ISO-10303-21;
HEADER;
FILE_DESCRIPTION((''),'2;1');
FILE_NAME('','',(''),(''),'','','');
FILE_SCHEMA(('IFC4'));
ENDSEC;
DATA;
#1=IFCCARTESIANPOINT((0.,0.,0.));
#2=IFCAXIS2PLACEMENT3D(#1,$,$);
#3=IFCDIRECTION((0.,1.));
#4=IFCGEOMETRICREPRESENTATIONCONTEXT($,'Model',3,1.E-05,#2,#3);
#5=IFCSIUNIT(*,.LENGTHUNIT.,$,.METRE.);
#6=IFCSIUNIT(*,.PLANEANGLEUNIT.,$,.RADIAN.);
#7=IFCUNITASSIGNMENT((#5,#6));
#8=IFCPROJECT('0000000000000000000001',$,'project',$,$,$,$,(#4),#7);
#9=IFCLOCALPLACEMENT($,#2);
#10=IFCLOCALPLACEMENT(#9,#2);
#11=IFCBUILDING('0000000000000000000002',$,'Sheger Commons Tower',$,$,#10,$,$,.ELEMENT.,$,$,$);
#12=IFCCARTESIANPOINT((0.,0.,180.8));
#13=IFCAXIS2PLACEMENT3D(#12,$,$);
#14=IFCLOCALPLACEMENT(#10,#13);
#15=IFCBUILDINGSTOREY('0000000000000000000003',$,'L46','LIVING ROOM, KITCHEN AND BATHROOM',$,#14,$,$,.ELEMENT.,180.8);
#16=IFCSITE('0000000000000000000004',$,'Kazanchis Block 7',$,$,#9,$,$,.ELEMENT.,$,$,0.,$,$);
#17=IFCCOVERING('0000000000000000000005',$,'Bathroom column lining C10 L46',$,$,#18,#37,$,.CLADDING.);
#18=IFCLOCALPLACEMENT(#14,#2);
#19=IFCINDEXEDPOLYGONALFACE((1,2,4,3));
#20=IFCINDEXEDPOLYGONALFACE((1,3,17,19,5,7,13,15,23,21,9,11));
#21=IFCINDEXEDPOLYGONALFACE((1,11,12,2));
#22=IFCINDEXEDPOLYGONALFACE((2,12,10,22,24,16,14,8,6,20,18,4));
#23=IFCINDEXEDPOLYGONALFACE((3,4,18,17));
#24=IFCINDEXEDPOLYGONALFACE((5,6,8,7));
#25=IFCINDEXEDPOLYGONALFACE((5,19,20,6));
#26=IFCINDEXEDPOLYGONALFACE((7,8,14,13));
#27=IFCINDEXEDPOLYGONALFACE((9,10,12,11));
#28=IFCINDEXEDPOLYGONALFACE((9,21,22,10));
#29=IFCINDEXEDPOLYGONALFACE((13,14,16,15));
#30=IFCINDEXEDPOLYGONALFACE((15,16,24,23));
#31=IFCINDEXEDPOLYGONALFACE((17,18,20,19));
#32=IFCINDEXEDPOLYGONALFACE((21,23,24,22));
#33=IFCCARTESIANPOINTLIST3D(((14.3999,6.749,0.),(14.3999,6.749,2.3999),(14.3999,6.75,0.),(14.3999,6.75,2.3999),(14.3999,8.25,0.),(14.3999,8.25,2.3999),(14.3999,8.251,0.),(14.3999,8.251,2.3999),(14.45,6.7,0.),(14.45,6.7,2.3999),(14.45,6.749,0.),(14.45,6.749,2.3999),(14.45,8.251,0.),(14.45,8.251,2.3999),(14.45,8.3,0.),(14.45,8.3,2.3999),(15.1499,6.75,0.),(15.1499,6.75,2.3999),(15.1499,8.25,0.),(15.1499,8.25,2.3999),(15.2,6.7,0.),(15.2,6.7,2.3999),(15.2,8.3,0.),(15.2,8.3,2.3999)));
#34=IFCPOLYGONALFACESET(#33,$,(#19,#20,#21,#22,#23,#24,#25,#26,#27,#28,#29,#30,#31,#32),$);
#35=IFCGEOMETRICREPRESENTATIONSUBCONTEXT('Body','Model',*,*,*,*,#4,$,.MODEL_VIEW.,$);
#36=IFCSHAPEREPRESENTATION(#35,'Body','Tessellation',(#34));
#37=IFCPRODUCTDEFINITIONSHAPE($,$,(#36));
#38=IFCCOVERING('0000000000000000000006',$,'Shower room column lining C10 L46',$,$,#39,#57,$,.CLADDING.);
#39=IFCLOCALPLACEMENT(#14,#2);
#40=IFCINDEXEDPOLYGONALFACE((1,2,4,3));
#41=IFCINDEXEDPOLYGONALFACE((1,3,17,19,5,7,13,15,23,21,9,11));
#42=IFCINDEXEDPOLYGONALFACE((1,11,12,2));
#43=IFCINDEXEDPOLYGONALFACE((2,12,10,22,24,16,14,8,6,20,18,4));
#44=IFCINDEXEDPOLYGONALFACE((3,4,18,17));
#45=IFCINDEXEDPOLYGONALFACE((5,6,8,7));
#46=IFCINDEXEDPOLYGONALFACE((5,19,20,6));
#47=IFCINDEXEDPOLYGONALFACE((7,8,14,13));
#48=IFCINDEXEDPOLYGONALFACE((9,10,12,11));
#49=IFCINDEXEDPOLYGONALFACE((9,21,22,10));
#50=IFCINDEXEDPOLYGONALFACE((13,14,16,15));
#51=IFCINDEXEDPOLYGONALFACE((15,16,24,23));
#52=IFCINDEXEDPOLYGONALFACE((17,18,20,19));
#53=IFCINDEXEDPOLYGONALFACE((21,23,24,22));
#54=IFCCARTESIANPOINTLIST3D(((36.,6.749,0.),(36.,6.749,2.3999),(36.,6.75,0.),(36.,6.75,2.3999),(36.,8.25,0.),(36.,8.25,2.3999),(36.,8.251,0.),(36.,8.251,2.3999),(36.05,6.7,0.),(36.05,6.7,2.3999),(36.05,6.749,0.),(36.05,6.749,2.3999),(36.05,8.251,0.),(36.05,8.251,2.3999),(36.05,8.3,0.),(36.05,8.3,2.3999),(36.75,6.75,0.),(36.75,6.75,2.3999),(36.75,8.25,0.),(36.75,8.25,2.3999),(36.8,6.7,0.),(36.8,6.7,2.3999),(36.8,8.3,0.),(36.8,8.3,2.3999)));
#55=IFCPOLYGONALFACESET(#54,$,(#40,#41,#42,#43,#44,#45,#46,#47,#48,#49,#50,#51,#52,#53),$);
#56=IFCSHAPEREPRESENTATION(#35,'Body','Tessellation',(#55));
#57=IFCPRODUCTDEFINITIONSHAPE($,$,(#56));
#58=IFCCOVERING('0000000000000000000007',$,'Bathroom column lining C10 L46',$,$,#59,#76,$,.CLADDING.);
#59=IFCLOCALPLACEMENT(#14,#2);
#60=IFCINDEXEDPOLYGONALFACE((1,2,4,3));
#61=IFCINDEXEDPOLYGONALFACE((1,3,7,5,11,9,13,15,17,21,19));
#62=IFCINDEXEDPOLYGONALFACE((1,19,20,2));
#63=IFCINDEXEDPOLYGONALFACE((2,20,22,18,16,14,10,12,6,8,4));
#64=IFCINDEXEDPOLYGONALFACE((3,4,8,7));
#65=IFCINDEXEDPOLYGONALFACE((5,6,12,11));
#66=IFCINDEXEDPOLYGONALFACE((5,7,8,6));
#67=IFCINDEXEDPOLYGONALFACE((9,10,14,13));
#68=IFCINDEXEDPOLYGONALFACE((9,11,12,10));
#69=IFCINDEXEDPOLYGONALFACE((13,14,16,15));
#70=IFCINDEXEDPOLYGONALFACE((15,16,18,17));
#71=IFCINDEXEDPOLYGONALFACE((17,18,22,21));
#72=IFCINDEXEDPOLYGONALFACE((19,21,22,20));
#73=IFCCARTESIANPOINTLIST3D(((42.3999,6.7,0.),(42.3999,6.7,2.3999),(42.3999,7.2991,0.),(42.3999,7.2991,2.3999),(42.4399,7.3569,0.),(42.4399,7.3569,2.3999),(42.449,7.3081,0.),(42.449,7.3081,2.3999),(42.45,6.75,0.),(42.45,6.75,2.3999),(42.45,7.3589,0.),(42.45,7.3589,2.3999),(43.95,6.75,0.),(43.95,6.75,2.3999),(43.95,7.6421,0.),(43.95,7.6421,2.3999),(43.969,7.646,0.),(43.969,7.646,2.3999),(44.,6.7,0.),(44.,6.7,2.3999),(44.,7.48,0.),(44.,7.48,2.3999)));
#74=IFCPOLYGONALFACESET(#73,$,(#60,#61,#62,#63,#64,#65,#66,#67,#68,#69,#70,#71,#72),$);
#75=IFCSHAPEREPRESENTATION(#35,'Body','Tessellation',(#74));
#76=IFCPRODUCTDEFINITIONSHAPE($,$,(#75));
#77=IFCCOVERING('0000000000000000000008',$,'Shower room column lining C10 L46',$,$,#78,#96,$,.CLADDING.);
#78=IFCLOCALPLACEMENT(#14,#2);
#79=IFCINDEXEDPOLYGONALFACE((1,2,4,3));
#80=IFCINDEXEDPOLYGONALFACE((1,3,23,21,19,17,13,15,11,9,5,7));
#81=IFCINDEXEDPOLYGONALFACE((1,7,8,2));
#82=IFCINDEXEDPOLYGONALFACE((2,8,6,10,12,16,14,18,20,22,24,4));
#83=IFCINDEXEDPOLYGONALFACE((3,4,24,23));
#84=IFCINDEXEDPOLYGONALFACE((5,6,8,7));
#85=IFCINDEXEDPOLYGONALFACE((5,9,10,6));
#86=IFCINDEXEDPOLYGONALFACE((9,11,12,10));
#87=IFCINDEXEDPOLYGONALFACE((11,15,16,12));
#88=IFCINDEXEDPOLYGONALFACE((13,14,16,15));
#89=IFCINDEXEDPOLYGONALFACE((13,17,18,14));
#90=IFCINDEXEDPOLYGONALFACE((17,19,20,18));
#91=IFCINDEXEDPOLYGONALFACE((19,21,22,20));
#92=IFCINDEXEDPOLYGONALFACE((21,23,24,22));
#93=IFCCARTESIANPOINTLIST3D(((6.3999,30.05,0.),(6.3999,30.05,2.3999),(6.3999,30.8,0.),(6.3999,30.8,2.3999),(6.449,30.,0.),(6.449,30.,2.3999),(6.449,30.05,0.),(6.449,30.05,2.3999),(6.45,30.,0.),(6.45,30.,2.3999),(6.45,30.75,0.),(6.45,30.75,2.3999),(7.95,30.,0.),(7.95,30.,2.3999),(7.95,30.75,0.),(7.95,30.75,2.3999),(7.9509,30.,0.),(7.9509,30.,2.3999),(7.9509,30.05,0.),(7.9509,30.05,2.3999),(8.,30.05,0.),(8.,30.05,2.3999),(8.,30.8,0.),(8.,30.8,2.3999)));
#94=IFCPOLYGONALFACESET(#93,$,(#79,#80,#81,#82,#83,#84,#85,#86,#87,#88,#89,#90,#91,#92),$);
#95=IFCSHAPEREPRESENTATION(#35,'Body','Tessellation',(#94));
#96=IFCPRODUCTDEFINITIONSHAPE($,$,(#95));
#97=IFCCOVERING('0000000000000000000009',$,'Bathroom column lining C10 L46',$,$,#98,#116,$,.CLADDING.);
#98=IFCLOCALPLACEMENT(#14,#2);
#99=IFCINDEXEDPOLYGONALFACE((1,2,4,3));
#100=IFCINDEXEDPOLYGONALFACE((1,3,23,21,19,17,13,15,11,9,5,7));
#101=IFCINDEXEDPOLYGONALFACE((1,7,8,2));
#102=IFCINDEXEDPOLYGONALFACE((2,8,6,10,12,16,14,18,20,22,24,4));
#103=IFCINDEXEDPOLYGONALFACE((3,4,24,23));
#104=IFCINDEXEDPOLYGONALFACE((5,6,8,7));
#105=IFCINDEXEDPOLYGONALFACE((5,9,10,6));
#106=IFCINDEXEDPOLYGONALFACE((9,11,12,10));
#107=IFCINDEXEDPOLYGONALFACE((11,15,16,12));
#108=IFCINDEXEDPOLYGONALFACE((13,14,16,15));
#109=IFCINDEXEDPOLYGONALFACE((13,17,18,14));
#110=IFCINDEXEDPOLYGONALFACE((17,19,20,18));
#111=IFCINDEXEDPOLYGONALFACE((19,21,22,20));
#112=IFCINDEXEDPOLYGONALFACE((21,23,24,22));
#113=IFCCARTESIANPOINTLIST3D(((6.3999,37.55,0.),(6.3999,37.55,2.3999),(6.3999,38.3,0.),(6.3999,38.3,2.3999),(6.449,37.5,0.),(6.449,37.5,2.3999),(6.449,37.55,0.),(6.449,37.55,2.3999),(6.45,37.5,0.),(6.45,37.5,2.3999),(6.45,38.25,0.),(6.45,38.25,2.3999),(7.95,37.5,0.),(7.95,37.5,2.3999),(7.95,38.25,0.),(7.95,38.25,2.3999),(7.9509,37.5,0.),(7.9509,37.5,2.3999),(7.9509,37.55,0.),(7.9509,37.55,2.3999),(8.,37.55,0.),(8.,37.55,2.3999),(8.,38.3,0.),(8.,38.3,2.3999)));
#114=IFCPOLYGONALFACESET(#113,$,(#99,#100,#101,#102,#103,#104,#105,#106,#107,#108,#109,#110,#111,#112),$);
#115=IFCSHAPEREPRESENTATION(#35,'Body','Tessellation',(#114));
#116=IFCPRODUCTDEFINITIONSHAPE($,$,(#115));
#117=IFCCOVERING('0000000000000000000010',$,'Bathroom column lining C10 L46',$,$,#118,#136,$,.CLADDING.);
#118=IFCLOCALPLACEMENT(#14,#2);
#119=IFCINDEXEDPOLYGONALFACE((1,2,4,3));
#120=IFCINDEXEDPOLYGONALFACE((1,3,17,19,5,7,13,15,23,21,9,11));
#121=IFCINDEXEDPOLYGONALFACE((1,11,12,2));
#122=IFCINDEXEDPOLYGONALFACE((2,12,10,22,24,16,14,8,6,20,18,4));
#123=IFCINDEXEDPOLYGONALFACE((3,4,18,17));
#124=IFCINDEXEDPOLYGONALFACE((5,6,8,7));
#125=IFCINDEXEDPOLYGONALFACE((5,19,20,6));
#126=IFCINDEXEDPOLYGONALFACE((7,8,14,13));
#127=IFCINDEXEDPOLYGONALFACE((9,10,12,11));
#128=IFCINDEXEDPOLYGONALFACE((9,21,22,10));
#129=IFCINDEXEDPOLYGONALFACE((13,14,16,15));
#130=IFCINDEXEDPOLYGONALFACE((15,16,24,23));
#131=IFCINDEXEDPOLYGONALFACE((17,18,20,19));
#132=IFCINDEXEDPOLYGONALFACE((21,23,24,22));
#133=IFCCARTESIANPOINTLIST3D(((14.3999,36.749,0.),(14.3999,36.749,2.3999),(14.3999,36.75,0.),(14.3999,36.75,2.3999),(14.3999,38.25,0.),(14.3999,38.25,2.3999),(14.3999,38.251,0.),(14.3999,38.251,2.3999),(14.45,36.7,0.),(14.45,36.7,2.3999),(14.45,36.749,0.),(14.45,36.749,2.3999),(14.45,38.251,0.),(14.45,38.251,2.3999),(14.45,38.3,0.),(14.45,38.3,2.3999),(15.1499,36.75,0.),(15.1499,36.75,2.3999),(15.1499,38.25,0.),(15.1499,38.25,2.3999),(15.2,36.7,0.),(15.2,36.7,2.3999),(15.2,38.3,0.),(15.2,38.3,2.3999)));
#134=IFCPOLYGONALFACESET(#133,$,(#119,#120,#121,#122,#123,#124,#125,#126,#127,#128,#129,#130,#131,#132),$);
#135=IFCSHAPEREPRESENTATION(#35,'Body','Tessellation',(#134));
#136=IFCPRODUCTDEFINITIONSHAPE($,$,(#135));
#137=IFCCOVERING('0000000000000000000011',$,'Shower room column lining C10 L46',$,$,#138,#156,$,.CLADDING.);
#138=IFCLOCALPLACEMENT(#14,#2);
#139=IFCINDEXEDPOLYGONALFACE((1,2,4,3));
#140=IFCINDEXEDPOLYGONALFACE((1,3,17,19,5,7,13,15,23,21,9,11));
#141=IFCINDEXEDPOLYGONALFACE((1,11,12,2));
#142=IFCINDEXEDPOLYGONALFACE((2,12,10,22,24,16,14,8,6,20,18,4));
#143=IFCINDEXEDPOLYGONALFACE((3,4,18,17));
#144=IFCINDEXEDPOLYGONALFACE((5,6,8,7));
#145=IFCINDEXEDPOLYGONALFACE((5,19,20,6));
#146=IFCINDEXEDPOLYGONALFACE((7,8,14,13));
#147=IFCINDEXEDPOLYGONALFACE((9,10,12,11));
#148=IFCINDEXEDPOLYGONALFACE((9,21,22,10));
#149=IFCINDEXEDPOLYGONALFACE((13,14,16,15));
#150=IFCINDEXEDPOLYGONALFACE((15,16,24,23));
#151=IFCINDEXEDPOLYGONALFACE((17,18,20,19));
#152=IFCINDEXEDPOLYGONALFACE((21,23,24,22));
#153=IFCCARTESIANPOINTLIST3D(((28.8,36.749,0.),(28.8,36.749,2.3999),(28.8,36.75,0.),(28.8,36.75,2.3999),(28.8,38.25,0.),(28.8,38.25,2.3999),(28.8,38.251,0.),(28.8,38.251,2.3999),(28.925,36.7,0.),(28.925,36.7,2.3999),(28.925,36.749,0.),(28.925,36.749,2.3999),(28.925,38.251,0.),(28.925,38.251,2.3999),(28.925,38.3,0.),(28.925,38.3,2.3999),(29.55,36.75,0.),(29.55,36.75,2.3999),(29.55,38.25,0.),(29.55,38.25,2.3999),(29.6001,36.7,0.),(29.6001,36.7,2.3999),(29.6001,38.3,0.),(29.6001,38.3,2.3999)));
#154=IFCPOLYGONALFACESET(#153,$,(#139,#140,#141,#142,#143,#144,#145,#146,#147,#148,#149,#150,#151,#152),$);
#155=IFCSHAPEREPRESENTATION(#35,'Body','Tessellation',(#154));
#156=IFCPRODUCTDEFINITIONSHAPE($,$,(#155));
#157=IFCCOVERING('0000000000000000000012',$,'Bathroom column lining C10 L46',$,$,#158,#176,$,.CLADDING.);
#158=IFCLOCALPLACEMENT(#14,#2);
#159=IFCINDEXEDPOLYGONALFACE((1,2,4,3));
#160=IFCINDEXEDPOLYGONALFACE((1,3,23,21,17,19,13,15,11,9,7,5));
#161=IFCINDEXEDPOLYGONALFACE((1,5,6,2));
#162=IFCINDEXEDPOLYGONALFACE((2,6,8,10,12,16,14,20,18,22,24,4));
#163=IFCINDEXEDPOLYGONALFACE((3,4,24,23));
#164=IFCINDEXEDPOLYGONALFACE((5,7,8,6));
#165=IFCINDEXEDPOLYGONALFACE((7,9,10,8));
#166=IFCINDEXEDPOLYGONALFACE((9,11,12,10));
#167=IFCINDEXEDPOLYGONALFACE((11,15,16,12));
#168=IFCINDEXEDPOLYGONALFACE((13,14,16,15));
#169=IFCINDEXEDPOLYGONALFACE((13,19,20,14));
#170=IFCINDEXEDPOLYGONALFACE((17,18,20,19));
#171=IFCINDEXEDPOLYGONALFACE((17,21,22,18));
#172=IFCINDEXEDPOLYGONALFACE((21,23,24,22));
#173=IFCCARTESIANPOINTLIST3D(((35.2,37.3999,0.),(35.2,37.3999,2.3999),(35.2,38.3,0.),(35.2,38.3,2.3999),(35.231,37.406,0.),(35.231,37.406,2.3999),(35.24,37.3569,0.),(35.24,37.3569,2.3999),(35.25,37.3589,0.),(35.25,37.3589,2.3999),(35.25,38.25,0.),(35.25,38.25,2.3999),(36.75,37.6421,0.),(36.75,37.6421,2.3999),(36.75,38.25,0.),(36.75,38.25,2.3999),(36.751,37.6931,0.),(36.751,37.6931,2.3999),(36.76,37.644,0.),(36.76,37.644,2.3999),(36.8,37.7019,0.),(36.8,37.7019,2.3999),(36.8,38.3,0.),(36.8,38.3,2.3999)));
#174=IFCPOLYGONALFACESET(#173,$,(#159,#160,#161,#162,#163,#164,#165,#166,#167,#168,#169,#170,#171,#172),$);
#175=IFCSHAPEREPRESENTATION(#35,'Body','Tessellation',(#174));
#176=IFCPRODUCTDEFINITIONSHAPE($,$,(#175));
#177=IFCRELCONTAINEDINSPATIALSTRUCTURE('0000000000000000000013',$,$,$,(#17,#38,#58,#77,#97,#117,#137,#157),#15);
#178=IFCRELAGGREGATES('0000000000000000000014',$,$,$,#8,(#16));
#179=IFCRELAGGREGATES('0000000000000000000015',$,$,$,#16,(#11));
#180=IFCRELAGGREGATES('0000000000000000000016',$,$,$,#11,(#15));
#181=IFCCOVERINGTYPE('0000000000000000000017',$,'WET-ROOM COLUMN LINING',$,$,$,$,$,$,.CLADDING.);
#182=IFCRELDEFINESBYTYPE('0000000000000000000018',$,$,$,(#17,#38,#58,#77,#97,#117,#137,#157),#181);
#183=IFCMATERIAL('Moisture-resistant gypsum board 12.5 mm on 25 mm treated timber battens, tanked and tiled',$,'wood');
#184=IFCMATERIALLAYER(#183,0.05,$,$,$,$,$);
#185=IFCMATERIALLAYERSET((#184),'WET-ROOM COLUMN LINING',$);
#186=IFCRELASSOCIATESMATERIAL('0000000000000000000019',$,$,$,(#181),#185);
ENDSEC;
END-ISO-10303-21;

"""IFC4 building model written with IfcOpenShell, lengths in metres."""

from ifc_helpers import new_model, si_unit, direction, frame, origin, place, context, subcontext, project, spatial, polyline, outline, extrude, material, layer, layer_set, type_object, element, save


model = new_model("IFC4")

# Units and contexts
model_context = context("Model", 3, precision=1e-05, world=origin(), true_north=direction((0.0, 1.0)))
body_context = subcontext(model_context, "Body", "Model", "MODEL_VIEW")
ifc_project = project(units=[si_unit("LENGTHUNIT", "METRE"), si_unit("PLANEANGLEUNIT", "RADIAN")], contexts=[model_context])

# Site, building, storey
site_placement = place(None, origin())
site = spatial("IfcSite", under=ifc_project, at=site_placement, Name="Kazanchis Block 7", CompositionType="ELEMENT", RefElevation=0.0)
building_placement = place(site_placement, origin())
building = spatial("IfcBuilding", under=site, at=building_placement, Name="Sheger Commons Tower", CompositionType="ELEMENT")
storey_placement = place(building_placement, frame((0.0, 0.0, 180.8)))
storey = spatial("IfcBuildingStorey", under=building, at=storey_placement, Name="L46", Description="LIVING ROOM, KITCHEN AND BATHROOM", CompositionType="ELEMENT", Elevation=180.8)

# Coverings
ifc_material_1 = material(Name="Moisture-resistant gypsum board 12.5 mm on 25 mm treated timber battens, tanked and tiled", Category="wood")
ifc_layer_1 = layer(ifc_material_1, 0.05)
ifc_layer_set_1 = layer_set([ifc_layer_1], Name="WET-ROOM COLUMN LINING")
covering_type_1 = type_object("IfcCoveringType", Name="WET-ROOM COLUMN LINING", PredefinedType="CLADDING", material=ifc_layer_set_1)
covering_1_placement = place(storey_placement, origin())
element("IfcCovering", 1, at=covering_1_placement, inside=storey, type_object=covering_type_1, Name="Bathroom column lining C10 L46", PredefinedType="CLADDING", context=body_context, shape_type="SweptSolid", body=[
    extrude(outline(polyline([(15.2, 6.7), (14.45, 6.7), (14.45, 6.749), (14.3999, 6.749), (14.3999, 6.75), (15.1499, 6.75), (15.1499, 8.25), (14.3999, 8.25), (14.3999, 8.251), (14.45, 8.251), (14.45, 8.3), (15.2, 8.3), (15.2, 6.7)])), origin(), (0.0, 0.0, 1.0), 2.3999),
])
covering_2_placement = place(storey_placement, origin())
element("IfcCovering", 2, at=covering_2_placement, inside=storey, type_object=covering_type_1, Name="Shower room column lining C10 L46", PredefinedType="CLADDING", context=body_context, shape_type="SweptSolid", body=[
    extrude(outline(polyline([(36.8, 6.7), (36.05, 6.7), (36.05, 6.749), (36.0, 6.749), (36.0, 6.75), (36.75, 6.75), (36.75, 8.25), (36.0, 8.25), (36.0, 8.251), (36.05, 8.251), (36.05, 8.3), (36.8, 8.3), (36.8, 6.7)])), origin(), (0.0, 0.0, 1.0), 2.3999),
])
covering_3_placement = place(storey_placement, origin())
element("IfcCovering", 3, at=covering_3_placement, inside=storey, type_object=covering_type_1, Name="Bathroom column lining C10 L46", PredefinedType="CLADDING", context=body_context, shape_type="SweptSolid", body=[
    extrude(outline(polyline([(42.45, 7.3589), (42.45, 6.75), (43.95, 6.75), (43.95, 7.6421), (43.969, 7.646), (44.0, 7.48), (44.0, 6.7), (42.3999, 6.7), (42.3999, 7.2991), (42.449, 7.3081), (42.4399, 7.3569), (42.45, 7.3589)])), origin(), (0.0, 0.0, 1.0), 2.3999),
])
covering_4_placement = place(storey_placement, origin())
element("IfcCovering", 4, at=covering_4_placement, inside=storey, type_object=covering_type_1, Name="Shower room column lining C10 L46", PredefinedType="CLADDING", context=body_context, shape_type="SweptSolid", body=[
    extrude(outline(polyline([(8.0, 30.8), (8.0, 30.05), (7.9509, 30.05), (7.9509, 30.0), (7.95, 30.0), (7.95, 30.75), (6.45, 30.75), (6.45, 30.0), (6.449, 30.0), (6.449, 30.05), (6.3999, 30.05), (6.3999, 30.8), (8.0, 30.8)])), origin(), (0.0, 0.0, 1.0), 2.3999),
])
covering_5_placement = place(storey_placement, origin())
element("IfcCovering", 5, at=covering_5_placement, inside=storey, type_object=covering_type_1, Name="Bathroom column lining C10 L46", PredefinedType="CLADDING", context=body_context, shape_type="SweptSolid", body=[
    extrude(outline(polyline([(8.0, 38.3), (8.0, 37.55), (7.9509, 37.55), (7.9509, 37.5), (7.95, 37.5), (7.95, 38.25), (6.45, 38.25), (6.45, 37.5), (6.449, 37.5), (6.449, 37.55), (6.3999, 37.55), (6.3999, 38.3), (8.0, 38.3)])), origin(), (0.0, 0.0, 1.0), 2.3999),
])
covering_6_placement = place(storey_placement, origin())
element("IfcCovering", 6, at=covering_6_placement, inside=storey, type_object=covering_type_1, Name="Bathroom column lining C10 L46", PredefinedType="CLADDING", context=body_context, shape_type="SweptSolid", body=[
    extrude(outline(polyline([(15.2, 36.7), (14.45, 36.7), (14.45, 36.749), (14.3999, 36.749), (14.3999, 36.75), (15.1499, 36.75), (15.1499, 38.25), (14.3999, 38.25), (14.3999, 38.251), (14.45, 38.251), (14.45, 38.3), (15.2, 38.3), (15.2, 36.7)])), origin(), (0.0, 0.0, 1.0), 2.3999),
])
covering_7_placement = place(storey_placement, origin())
element("IfcCovering", 7, at=covering_7_placement, inside=storey, type_object=covering_type_1, Name="Shower room column lining C10 L46", PredefinedType="CLADDING", context=body_context, shape_type="SweptSolid", body=[
    extrude(outline(polyline([(29.6001, 36.7), (28.925, 36.7), (28.925, 36.749), (28.8, 36.749), (28.8, 36.75), (29.55, 36.75), (29.55, 38.25), (28.8, 38.25), (28.8, 38.251), (28.925, 38.251), (28.925, 38.3), (29.6001, 38.3), (29.6001, 36.7)])), origin(), (0.0, 0.0, 1.0), 2.3999),
])
covering_8_placement = place(storey_placement, origin())
element("IfcCovering", 8, at=covering_8_placement, inside=storey, type_object=covering_type_1, Name="Bathroom column lining C10 L46", PredefinedType="CLADDING", context=body_context, shape_type="SweptSolid", body=[
    extrude(outline(polyline([(36.8, 38.3), (36.8, 37.7019), (36.751, 37.6931), (36.76, 37.644), (36.75, 37.6421), (36.75, 38.25), (35.25, 38.25), (35.25, 37.3589), (35.24, 37.3569), (35.231, 37.406), (35.2, 37.3999), (35.2, 38.3), (36.8, 38.3)])), origin(), (0.0, 0.0, 1.0), 2.3999),
])

save(model, "model.ifc")
